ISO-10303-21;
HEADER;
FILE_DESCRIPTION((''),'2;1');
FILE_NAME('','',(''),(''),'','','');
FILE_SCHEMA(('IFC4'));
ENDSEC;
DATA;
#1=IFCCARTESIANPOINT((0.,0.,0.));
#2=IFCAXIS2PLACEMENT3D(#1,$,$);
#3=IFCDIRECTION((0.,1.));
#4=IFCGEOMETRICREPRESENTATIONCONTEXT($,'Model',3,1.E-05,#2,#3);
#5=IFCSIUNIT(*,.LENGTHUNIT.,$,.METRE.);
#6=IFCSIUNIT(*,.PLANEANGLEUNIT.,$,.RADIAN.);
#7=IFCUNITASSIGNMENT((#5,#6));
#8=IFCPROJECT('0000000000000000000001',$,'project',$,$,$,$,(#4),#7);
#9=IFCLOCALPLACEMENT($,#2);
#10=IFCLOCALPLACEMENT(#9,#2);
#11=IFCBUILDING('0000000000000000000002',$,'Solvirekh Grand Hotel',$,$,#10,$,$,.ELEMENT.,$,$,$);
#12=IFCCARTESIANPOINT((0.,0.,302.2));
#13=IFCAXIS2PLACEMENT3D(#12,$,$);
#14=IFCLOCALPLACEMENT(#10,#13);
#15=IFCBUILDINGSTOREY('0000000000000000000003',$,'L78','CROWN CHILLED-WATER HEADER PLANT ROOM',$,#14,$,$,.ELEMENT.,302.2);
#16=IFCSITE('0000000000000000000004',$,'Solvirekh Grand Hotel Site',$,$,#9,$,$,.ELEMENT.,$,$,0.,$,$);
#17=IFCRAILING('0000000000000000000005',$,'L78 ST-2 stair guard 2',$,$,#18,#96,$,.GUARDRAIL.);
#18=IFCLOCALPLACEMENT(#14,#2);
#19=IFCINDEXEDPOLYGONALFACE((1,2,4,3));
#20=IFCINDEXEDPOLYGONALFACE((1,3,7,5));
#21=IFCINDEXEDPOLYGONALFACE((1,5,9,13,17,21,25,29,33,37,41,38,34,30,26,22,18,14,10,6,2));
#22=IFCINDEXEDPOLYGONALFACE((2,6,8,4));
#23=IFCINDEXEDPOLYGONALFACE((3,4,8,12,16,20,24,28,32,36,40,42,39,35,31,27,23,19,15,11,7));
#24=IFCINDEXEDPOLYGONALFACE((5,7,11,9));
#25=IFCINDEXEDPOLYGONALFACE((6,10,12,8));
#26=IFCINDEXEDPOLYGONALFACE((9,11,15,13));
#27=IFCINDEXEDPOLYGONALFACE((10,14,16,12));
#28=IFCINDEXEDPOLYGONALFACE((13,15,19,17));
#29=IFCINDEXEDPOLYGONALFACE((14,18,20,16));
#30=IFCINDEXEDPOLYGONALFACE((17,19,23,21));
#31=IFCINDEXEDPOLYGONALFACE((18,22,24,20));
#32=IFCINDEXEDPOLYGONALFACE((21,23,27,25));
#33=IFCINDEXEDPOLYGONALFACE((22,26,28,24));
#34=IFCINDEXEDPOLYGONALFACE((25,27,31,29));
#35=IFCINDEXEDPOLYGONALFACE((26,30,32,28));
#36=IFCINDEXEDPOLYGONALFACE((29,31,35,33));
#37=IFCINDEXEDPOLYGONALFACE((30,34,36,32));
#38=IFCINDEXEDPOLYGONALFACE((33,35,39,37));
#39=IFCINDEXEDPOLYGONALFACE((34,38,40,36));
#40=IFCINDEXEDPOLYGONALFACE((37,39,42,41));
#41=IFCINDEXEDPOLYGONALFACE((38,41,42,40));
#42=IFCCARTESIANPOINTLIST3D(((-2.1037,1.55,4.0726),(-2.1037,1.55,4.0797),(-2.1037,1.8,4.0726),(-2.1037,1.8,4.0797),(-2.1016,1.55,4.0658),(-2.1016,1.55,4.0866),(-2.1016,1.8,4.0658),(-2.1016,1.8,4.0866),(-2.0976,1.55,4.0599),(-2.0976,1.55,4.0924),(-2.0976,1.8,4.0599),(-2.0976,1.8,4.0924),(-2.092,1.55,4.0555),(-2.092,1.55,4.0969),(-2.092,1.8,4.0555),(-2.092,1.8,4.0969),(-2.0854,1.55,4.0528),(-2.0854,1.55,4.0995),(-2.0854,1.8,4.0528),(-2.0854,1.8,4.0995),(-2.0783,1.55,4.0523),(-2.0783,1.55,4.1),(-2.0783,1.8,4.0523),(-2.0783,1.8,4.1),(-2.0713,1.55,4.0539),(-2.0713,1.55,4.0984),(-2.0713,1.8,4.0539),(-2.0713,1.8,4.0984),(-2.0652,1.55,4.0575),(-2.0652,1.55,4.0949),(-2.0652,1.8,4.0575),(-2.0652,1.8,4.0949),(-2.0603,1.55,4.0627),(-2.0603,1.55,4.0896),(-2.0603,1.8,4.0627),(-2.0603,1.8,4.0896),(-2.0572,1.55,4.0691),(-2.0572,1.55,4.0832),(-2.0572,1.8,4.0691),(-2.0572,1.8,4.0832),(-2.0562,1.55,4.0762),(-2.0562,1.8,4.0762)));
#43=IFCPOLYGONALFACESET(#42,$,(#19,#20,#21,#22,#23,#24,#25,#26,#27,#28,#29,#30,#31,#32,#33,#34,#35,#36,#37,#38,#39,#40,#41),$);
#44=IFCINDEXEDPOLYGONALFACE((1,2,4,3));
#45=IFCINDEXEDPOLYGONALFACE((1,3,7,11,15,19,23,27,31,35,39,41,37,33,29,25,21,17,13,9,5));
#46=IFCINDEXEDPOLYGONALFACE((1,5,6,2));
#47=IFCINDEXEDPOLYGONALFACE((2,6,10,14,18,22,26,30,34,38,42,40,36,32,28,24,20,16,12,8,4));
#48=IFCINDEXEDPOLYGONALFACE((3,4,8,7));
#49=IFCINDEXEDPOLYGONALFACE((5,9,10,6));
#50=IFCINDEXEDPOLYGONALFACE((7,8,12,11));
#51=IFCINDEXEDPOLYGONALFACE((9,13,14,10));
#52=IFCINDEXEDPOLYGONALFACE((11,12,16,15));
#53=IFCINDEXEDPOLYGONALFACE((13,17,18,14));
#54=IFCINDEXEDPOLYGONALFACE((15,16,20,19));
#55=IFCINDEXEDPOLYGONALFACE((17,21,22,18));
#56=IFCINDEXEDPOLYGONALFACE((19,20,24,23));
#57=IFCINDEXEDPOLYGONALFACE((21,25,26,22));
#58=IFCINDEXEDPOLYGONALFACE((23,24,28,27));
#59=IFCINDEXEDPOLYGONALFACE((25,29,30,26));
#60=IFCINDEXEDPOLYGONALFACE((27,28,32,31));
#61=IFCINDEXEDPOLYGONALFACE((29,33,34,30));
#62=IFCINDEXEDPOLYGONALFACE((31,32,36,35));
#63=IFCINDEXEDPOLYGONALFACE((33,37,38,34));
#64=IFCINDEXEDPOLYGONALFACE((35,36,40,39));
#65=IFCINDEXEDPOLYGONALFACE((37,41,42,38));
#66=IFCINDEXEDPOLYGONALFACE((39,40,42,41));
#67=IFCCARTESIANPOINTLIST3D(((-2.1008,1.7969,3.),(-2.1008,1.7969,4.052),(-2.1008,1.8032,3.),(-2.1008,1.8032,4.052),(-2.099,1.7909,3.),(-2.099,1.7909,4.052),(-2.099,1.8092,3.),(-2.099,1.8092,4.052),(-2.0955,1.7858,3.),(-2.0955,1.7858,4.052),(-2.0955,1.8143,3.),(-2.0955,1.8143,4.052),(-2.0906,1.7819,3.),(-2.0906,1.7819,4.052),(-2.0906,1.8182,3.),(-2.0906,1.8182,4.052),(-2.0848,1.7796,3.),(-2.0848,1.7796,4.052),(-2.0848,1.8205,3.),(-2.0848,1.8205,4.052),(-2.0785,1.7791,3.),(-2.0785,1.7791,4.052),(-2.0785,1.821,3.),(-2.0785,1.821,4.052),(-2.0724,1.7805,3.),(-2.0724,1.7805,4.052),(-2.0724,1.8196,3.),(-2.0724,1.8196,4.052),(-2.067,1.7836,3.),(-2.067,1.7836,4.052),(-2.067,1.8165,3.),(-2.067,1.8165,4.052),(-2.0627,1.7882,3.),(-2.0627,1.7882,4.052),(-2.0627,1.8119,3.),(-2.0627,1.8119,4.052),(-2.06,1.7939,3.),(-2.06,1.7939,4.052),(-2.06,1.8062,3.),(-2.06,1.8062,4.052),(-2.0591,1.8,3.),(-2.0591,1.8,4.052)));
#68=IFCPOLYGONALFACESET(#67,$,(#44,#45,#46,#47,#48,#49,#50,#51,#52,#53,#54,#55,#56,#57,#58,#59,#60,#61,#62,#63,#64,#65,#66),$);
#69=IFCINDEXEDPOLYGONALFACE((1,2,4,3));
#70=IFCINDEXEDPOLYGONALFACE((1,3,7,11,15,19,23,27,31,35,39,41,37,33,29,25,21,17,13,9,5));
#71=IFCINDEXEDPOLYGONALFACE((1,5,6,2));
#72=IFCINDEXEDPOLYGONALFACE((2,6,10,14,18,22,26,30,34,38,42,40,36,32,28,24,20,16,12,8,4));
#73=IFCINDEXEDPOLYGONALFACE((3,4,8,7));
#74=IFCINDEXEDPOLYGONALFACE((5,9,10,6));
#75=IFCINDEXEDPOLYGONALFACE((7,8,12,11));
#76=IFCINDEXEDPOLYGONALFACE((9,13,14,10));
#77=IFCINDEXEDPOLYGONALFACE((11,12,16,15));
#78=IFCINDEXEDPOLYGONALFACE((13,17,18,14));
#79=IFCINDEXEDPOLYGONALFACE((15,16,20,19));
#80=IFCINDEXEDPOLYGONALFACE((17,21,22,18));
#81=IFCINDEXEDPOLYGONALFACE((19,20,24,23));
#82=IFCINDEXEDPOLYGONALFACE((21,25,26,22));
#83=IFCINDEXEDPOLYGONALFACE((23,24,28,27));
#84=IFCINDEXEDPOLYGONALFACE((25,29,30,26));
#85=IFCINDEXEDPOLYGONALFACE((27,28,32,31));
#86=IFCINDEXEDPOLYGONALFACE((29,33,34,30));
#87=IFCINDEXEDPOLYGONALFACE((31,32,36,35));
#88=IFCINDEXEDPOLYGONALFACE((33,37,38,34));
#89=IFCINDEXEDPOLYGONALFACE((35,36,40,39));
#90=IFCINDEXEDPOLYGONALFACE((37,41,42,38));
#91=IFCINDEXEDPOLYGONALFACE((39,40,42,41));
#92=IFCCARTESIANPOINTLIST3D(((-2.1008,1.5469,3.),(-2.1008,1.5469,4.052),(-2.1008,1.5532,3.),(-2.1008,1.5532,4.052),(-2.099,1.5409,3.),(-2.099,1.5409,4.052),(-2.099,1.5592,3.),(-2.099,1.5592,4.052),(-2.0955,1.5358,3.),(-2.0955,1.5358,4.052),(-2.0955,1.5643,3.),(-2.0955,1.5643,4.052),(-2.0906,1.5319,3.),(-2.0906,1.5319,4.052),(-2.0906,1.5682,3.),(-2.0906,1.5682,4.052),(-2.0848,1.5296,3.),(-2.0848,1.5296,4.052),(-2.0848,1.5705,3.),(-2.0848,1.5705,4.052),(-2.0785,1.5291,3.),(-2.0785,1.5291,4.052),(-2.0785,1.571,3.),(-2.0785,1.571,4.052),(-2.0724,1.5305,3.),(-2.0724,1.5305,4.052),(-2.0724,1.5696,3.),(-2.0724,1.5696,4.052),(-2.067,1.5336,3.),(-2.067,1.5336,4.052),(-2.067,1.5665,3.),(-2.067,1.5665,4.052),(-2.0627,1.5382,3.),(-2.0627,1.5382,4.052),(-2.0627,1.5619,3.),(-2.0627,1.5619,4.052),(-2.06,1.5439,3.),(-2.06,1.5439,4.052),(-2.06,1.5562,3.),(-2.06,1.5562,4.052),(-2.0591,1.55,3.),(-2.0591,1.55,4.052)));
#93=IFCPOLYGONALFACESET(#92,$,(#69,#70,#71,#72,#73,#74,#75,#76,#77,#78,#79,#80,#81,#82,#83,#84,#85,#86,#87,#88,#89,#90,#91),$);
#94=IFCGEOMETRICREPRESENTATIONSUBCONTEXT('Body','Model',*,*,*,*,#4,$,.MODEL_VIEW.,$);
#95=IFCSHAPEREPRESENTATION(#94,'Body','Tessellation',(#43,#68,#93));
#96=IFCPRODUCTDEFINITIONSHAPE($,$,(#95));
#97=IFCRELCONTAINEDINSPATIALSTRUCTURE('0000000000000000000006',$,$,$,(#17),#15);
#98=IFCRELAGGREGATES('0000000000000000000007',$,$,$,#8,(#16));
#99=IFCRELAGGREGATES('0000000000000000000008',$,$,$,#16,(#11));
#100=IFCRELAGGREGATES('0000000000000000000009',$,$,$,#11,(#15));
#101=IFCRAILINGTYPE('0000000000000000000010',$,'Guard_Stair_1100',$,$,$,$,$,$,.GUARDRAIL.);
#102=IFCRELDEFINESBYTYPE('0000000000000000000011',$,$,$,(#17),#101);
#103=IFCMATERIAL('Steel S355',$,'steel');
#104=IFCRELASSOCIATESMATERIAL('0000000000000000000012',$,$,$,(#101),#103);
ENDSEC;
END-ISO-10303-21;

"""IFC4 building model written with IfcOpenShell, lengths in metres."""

from ifc_helpers import new_model, si_unit, direction, frame, origin, origin_2d, place, context, subcontext, project, spatial, circle, extrude, material, type_object, element, save


model = new_model("IFC4")

# Units and contexts
model_context = context("Model", 3, precision=1e-05, world=origin(), true_north=direction((0.0, 1.0)))
body_context = subcontext(model_context, "Body", "Model", "MODEL_VIEW")
ifc_project = project(units=[si_unit("LENGTHUNIT", "METRE"), si_unit("PLANEANGLEUNIT", "RADIAN")], contexts=[model_context])

# Site, building, storey
site_placement = place(None, origin())
site = spatial("IfcSite", under=ifc_project, at=site_placement, Name="Solvirekh Grand Hotel Site", CompositionType="ELEMENT", RefElevation=0.0)
building_placement = place(site_placement, origin())
building = spatial("IfcBuilding", under=site, at=building_placement, Name="Solvirekh Grand Hotel", CompositionType="ELEMENT")
storey_placement = place(building_placement, frame((0.0, 0.0, 302.2)))
storey = spatial("IfcBuildingStorey", under=building, at=storey_placement, Name="L78", Description="CROWN CHILLED-WATER HEADER PLANT ROOM", CompositionType="ELEMENT", Elevation=302.2)

# Shared definitions
ifc_material_1 = material(Name="Steel S355", Category="steel")

# Railing
railing_type_1 = type_object("IfcRailingType", Name="Guard_Stair_1100", PredefinedType="GUARDRAIL", material=ifc_material_1)
railing_1_placement = place(storey_placement, frame((-2.0801, 1.8, 3.0)))
element("IfcRailing", 1, at=railing_1_placement, inside=storey, type_object=railing_type_1, Name="L78 ST-2 stair guard 2", PredefinedType="GUARDRAIL", context=body_context, shape_type="SweptSolid", body=[
    extrude(circle(Radius=0.0239, at=origin_2d()), frame((0.0, 0.0, 1.0762), z_axis=(0.0, -1.0, 0.0), x_axis=(1.0, 0.0, 0.0)), (0.0, 0.0, 1.0), 0.25),
    extrude(circle(Radius=0.021, at=origin_2d()), origin(), (0.0, 0.0, 1.0), 1.052),
    extrude(circle(Radius=0.021, at=origin_2d()), frame((0.0, -0.25, 0.0)), (0.0, 0.0, 1.0), 1.052),
])

save(model, "model.ifc")
